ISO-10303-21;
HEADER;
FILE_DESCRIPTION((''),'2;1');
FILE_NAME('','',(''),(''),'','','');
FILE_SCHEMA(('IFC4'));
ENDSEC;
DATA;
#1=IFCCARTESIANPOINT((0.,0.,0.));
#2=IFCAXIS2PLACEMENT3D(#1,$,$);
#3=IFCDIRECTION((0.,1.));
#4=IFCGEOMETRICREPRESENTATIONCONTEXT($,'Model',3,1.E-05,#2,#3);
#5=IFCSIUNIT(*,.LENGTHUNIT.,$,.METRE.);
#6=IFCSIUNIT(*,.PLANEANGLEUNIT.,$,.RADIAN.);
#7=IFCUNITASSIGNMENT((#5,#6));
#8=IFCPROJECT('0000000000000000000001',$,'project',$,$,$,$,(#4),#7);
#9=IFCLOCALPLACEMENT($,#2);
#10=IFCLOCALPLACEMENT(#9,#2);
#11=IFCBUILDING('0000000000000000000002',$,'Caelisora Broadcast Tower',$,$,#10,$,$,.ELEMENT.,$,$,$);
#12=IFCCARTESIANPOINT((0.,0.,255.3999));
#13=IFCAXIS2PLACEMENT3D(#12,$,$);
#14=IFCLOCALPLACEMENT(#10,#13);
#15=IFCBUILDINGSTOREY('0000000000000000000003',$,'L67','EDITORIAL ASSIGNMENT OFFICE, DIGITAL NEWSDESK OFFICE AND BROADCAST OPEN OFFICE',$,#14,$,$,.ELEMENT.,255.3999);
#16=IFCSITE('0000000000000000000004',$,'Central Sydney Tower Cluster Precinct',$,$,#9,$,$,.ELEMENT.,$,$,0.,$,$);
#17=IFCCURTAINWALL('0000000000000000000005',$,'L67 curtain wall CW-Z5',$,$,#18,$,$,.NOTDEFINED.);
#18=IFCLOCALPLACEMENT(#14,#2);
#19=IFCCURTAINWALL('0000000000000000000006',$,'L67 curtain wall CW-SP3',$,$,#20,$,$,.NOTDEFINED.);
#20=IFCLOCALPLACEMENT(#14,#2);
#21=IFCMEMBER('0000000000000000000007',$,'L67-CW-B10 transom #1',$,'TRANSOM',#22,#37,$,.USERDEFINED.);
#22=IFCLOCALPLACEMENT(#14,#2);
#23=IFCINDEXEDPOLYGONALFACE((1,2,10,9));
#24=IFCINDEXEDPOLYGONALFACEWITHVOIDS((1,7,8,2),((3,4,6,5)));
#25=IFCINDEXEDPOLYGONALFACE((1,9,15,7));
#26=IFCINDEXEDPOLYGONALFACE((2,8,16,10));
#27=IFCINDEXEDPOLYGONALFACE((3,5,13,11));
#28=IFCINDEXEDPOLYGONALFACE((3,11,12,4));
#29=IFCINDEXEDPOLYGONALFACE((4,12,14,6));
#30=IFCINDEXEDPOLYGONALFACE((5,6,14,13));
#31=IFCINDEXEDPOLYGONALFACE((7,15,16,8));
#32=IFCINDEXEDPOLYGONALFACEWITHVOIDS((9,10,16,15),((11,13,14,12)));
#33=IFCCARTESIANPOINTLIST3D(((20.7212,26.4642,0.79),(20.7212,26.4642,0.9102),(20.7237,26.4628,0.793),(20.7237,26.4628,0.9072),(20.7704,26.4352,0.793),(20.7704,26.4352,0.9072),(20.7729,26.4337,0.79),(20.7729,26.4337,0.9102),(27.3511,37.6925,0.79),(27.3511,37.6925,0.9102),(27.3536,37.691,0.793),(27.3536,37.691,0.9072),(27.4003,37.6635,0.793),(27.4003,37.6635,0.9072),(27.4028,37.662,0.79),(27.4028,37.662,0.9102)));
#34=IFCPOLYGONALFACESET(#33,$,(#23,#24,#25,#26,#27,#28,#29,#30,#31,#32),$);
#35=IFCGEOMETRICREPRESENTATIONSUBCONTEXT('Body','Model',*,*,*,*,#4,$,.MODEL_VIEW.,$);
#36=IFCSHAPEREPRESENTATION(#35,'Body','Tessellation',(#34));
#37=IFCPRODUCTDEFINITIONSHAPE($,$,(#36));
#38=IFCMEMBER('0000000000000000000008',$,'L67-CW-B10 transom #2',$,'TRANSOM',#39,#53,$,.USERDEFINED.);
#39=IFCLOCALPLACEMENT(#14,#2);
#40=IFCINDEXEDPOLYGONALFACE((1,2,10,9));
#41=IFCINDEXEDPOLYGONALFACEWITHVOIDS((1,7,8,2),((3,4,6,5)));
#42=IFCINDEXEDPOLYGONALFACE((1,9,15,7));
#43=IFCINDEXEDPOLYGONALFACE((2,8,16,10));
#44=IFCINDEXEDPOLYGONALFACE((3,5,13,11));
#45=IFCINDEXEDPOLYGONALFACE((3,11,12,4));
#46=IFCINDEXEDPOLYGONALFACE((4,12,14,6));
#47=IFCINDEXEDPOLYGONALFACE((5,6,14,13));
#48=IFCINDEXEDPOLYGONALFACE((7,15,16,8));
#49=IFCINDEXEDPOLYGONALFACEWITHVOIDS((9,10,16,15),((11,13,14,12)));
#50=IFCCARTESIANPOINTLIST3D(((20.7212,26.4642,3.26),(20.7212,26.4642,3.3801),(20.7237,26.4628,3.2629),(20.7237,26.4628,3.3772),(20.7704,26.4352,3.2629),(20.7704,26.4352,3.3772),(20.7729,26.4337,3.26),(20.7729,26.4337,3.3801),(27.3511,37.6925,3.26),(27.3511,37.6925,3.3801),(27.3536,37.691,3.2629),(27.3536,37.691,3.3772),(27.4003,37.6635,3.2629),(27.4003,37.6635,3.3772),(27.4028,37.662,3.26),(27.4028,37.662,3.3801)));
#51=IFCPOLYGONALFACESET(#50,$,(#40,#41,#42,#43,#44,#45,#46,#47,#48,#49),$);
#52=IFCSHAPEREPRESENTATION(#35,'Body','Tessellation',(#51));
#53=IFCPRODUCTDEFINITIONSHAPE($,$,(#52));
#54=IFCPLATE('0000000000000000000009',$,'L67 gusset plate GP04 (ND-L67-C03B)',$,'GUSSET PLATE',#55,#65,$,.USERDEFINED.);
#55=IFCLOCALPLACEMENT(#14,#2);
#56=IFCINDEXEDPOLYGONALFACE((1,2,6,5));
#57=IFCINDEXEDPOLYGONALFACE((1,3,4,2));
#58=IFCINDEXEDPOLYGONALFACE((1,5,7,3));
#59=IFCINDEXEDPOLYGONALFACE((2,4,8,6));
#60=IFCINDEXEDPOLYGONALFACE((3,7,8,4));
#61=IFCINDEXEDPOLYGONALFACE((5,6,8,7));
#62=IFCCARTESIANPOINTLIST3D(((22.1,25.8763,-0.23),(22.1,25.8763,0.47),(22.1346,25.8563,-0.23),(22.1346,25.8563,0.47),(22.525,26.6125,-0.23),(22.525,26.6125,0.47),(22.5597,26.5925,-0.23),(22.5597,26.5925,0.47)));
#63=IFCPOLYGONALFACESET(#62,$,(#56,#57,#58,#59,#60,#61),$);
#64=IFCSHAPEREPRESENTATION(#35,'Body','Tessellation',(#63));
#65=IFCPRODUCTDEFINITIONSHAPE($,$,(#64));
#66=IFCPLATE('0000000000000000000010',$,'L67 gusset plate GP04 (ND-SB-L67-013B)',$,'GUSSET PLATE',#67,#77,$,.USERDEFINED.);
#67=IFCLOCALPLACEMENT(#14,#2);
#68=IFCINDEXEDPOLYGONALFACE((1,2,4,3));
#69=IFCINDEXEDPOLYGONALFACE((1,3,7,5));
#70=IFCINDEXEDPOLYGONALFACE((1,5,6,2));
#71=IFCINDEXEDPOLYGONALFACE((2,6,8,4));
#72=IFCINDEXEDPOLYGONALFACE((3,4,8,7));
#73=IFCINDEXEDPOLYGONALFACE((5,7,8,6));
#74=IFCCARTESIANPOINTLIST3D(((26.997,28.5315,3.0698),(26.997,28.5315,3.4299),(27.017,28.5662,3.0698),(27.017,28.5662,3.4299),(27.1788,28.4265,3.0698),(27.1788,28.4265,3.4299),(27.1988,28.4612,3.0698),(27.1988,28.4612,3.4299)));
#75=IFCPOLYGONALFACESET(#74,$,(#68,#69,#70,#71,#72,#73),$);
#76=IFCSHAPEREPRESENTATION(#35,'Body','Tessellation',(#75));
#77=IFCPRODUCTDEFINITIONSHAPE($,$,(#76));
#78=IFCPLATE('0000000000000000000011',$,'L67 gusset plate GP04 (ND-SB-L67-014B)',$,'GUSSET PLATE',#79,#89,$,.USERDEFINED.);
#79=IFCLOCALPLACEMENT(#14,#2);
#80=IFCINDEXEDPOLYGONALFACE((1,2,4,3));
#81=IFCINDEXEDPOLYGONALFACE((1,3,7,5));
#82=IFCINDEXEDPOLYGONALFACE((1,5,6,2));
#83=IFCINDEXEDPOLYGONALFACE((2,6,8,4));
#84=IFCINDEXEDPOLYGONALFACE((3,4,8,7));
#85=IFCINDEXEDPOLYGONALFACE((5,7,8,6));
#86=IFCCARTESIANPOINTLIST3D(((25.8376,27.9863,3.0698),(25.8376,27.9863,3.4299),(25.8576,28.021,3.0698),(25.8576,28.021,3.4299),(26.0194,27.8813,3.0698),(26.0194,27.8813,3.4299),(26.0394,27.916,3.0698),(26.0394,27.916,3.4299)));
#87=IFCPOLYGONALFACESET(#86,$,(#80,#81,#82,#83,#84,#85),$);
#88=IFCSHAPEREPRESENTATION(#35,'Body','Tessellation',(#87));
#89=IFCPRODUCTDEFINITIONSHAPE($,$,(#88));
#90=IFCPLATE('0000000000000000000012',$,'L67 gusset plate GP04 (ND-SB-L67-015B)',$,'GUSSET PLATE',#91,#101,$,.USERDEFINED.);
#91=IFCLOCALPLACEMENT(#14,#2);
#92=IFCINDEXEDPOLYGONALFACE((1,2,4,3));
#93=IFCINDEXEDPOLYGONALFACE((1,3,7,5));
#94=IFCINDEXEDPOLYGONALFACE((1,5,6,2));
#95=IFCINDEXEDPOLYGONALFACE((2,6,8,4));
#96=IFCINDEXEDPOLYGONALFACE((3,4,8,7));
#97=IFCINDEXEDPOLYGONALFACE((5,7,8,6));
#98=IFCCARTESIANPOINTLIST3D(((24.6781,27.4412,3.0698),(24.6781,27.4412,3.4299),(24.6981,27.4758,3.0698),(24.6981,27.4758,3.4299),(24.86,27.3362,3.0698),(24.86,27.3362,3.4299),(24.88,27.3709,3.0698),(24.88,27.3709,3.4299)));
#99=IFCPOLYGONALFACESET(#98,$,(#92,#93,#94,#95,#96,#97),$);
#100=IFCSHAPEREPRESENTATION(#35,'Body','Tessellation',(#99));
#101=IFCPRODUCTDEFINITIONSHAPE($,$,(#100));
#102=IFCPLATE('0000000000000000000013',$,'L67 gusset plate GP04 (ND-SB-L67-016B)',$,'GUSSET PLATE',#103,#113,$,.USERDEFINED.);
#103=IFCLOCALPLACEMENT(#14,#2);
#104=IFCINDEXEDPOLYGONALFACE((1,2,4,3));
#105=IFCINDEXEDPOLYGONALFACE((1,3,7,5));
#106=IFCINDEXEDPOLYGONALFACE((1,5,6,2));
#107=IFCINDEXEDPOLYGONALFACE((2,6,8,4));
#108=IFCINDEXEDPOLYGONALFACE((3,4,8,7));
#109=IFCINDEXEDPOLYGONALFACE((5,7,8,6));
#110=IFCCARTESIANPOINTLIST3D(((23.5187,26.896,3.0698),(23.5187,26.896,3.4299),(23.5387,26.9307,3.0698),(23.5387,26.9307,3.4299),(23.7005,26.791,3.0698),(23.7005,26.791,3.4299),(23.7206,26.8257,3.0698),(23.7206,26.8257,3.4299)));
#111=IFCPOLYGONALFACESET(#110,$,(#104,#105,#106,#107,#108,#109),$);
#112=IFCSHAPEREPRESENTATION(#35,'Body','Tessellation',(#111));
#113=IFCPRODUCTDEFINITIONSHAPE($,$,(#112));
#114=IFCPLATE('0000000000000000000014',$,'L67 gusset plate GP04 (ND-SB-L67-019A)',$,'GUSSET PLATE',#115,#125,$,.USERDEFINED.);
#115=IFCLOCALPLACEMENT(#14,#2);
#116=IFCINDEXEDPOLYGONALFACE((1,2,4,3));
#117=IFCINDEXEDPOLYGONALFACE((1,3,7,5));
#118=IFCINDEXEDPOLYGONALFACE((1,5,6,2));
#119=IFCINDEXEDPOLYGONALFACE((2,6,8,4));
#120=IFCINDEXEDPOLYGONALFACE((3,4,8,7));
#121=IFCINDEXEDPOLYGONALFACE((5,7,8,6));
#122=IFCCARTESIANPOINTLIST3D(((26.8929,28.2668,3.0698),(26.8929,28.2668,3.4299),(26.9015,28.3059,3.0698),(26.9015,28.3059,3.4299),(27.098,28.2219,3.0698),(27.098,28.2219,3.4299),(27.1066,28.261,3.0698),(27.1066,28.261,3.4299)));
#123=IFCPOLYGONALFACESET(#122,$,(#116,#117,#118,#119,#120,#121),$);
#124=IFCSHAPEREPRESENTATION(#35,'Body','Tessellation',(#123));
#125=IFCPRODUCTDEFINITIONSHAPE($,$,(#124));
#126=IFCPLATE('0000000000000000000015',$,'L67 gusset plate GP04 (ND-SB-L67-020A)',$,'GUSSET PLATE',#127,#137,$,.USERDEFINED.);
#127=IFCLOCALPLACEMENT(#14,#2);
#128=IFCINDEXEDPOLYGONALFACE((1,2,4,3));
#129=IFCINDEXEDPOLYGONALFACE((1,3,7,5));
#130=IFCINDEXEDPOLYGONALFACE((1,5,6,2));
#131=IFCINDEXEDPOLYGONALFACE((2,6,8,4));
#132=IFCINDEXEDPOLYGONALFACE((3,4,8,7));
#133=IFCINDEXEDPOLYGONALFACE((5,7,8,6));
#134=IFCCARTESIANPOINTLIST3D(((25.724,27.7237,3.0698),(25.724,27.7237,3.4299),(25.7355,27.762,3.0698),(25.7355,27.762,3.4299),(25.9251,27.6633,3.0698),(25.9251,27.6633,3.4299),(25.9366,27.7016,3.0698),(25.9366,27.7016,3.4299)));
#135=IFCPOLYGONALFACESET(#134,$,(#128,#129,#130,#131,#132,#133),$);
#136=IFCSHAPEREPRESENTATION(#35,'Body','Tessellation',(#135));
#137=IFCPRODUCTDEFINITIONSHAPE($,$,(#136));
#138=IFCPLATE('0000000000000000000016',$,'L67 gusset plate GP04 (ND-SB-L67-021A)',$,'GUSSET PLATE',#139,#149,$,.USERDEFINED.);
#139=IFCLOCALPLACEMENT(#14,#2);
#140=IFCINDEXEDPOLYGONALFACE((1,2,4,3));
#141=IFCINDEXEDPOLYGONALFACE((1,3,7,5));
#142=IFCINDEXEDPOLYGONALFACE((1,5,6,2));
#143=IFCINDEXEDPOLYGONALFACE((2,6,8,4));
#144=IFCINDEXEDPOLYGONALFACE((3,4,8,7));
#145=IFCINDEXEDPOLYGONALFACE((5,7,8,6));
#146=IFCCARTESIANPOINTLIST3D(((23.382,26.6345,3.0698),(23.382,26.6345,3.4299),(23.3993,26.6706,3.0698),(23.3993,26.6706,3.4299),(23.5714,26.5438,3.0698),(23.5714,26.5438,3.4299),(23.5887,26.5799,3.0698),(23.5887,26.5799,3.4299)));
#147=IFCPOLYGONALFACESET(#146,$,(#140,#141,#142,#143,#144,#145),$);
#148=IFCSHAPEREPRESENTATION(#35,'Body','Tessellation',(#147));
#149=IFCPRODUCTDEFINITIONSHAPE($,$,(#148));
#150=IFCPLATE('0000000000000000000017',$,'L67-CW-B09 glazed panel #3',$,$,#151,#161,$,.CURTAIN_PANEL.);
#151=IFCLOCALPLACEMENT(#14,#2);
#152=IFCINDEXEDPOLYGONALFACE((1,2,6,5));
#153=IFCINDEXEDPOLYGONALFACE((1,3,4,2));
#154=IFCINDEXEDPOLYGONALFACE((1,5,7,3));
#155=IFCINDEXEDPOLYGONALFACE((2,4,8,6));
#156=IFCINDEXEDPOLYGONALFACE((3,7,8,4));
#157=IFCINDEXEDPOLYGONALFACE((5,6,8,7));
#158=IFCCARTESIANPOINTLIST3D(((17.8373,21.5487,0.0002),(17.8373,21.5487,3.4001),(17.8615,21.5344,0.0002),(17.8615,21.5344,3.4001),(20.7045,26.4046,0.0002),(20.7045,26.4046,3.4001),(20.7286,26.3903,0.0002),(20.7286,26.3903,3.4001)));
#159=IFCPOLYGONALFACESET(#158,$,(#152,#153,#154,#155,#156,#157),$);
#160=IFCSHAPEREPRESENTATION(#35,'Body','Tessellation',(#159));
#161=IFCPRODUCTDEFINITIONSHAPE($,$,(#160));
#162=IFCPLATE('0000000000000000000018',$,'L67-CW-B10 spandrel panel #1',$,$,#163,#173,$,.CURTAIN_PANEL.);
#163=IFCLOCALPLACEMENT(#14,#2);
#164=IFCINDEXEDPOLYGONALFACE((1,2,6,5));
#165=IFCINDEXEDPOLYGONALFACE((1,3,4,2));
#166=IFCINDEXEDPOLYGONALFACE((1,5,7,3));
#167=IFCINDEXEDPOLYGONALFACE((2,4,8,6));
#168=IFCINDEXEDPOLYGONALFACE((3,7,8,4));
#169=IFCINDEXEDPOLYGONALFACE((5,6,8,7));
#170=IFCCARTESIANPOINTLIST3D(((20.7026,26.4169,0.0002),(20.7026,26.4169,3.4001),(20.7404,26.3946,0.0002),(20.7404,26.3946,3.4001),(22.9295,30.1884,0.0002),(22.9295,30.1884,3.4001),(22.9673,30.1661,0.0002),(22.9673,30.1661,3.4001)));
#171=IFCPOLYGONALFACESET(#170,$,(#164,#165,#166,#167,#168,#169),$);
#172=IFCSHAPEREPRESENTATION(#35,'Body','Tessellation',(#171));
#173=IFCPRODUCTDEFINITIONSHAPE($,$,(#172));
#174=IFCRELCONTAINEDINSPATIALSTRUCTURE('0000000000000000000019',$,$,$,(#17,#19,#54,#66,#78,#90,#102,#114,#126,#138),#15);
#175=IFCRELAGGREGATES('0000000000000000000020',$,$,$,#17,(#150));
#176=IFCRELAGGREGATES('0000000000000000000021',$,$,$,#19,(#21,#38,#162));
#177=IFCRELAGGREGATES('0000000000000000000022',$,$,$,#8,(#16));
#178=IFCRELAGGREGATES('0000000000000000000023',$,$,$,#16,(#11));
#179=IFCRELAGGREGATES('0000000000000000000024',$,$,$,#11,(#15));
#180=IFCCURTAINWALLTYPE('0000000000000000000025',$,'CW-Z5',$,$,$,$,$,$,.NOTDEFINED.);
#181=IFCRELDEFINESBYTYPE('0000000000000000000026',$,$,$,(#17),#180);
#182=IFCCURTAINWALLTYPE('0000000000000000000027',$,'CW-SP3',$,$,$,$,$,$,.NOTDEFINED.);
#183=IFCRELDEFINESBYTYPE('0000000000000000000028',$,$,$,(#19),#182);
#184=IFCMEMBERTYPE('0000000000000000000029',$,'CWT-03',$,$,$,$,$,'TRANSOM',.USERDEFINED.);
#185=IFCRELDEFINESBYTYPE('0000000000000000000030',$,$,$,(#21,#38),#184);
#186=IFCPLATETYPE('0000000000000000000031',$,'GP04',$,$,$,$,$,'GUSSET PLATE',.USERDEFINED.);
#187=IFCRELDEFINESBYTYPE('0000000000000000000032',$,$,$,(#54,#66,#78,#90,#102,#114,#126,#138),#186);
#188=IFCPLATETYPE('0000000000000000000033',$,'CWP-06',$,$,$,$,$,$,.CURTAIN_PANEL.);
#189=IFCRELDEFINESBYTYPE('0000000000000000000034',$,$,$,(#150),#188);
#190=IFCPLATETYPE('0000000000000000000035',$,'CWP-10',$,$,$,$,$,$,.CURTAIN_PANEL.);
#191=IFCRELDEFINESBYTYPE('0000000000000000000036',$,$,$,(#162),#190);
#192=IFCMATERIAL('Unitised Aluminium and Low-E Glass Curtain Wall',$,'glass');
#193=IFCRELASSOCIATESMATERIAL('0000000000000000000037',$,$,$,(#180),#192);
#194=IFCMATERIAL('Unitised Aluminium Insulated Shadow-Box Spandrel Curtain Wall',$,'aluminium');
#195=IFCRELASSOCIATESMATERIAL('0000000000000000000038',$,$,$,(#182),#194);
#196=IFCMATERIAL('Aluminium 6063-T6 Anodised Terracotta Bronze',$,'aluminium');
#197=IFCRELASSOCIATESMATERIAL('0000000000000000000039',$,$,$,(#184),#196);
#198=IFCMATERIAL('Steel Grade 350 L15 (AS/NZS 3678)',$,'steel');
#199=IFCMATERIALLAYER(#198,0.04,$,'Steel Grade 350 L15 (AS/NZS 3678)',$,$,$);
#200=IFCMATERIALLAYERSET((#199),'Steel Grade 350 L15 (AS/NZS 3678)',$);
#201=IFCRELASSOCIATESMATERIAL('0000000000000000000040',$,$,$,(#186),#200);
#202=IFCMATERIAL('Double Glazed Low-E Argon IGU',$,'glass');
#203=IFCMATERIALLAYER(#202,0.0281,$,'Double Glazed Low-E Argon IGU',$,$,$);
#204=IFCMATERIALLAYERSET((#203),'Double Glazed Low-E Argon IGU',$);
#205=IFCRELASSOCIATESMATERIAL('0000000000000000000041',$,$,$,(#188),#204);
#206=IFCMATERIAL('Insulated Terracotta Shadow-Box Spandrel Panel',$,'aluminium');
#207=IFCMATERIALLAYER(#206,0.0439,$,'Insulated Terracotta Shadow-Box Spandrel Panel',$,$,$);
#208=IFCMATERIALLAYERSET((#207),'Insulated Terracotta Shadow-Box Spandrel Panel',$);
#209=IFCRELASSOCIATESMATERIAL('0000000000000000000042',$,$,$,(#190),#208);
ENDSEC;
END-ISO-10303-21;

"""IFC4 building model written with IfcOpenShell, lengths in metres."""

from ifc_helpers import new_model, si_unit, direction, frame, origin, origin_2d, place, context, subcontext, project, spatial, rectangle, hollow_rectangle, extrude, source, transform, mapped, material, layer, layer_set, material_profile, profile_set, type_object, type_shapes, element, aggregate, save


model = new_model("IFC4")

# Units and contexts
model_context = context("Model", 3, precision=1e-05, world=origin(), true_north=direction((0.0, 1.0)))
body_context = subcontext(model_context, "Body", "Model", "MODEL_VIEW")
ifc_project = project(units=[si_unit("LENGTHUNIT", "METRE"), si_unit("PLANEANGLEUNIT", "RADIAN")], contexts=[model_context])

# Site, building, storey
site_placement = place(None, origin())
site = spatial("IfcSite", under=ifc_project, at=site_placement, Name="Central Sydney Tower Cluster Precinct", CompositionType="ELEMENT", RefElevation=0.0)
building_placement = place(site_placement, origin())
building = spatial("IfcBuilding", under=site, at=building_placement, Name="Caelisora Broadcast Tower", CompositionType="ELEMENT")
storey_placement = place(building_placement, frame((0.0, 0.0, 255.3999)))
storey = spatial("IfcBuildingStorey", under=building, at=storey_placement, Name="L67", Description="EDITORIAL ASSIGNMENT OFFICE, DIGITAL NEWSDESK OFFICE AND BROADCAST OPEN OFFICE", CompositionType="ELEMENT", Elevation=255.3999)

# Shared definitions
ifc_material_1 = material(Name="Steel Grade 350 L15 (AS/NZS 3678)", Category="steel")

# Curtain walls, members
ifc_material_2 = material(Name="Unitised Aluminium and Low-E Glass Curtain Wall", Category="glass")
curtain_wall_type_1 = type_object("IfcCurtainWallType", Name="CW-Z5", PredefinedType="NOTDEFINED", material=ifc_material_2)
curtain_wall_1_placement = place(storey_placement, origin())
curtain_wall_1 = element("IfcCurtainWall", 1, at=curtain_wall_1_placement, inside=storey, type_object=curtain_wall_type_1, Name="L67 curtain wall CW-Z5", PredefinedType="NOTDEFINED")
ifc_material_3 = material(Name="Aluminium 6063-T6 Anodised Terracotta Bronze", Category="aluminium")
ifc_material_4 = material(Name="Unitised Aluminium Insulated Shadow-Box Spandrel Curtain Wall", Category="aluminium")
curtain_wall_type_2 = type_object("IfcCurtainWallType", Name="CW-SP3", PredefinedType="NOTDEFINED", material=ifc_material_4)
curtain_wall_2_placement = place(storey_placement, origin())
curtain_wall_2 = element("IfcCurtainWall", 2, at=curtain_wall_2_placement, inside=storey, type_object=curtain_wall_type_2, Name="L67 curtain wall CW-SP3", PredefinedType="NOTDEFINED")
ifc_material_profile_1 = material_profile(ifc_material_3, hollow_rectangle(XDim=0.0601, YDim=0.1201, WallThickness=0.0029, at=origin_2d()), Name="Aluminium 6063-T6 Anodised Terracotta Bronze")
ifc_profile_set_1 = profile_set([ifc_material_profile_1], Name="Aluminium 6063-T6 Anodised Terracotta Bronze")
member_type_1 = type_object("IfcMemberType", Name="CWT-03", ElementType="TRANSOM", PredefinedType="USERDEFINED", material=ifc_profile_set_1)
shared_shape_1 = source(origin(), body_context, "Body", "SweptSolid", [
    extrude(hollow_rectangle(XDim=0.0601, YDim=0.1201, WallThickness=0.0029, at=origin_2d()), origin(), (0.0, 0.0, 1.0), 13.0396),
])
type_shapes(member_type_1, [shared_shape_1])
member_1_placement = place(storey_placement, frame((20.7471, 26.449, 0.8501), z_axis=(0.508445, 0.861095, 0.0), x_axis=(-0.861095, 0.508445, 0.0)))
member_1 = element("IfcMember", 3, at=member_1_placement, type_object=member_type_1, Name="L67-CW-B10 transom #1", ObjectType="TRANSOM", PredefinedType="USERDEFINED", context=body_context, shape_type="MappedRepresentation", body=[
    mapped(shared_shape_1, transform((0.0, 0.0, 0.0), scale=1.0)),
])
member_2_placement = place(storey_placement, frame((20.7471, 26.449, 3.3201), z_axis=(0.508445, 0.861095, 0.0), x_axis=(-0.861095, 0.508445, 0.0)))
member_2 = element("IfcMember", 4, at=member_2_placement, type_object=member_type_1, Name="L67-CW-B10 transom #2", ObjectType="TRANSOM", PredefinedType="USERDEFINED", context=body_context, shape_type="MappedRepresentation", body=[
    mapped(shared_shape_1, transform((0.0, 0.0, 0.0), scale=1.0)),
])

# Plates
ifc_layer_1 = layer(ifc_material_1, 0.04, Name="Steel Grade 350 L15 (AS/NZS 3678)")
ifc_layer_set_1 = layer_set([ifc_layer_1], Name="Steel Grade 350 L15 (AS/NZS 3678)")
plate_type_1 = type_object("IfcPlateType", Name="GP04", ElementType="GUSSET PLATE", PredefinedType="USERDEFINED", material=ifc_layer_set_1)
shared_shape_2 = source(origin(), body_context, "Body", "SweptSolid", [
    extrude(rectangle(XDim=0.8501, YDim=0.04, at=origin_2d()), origin(), (0.0, 0.0, 1.0), 0.7),
])
plate_1_placement = place(storey_placement, frame((22.3298, 26.2344, -0.23), z_axis=(0.0, 0.0, 1.0), x_axis=(-0.5, -0.866025, 0.0)))
element("IfcPlate", 5, at=plate_1_placement, inside=storey, type_object=plate_type_1, Name="L67 gusset plate GP04 (ND-L67-C03B)", ObjectType="GUSSET PLATE", PredefinedType="USERDEFINED", context=body_context, shape_type="MappedRepresentation", body=[
    mapped(shared_shape_2, transform((0.0, 0.0, 0.0), scale=1.0)),
])
shared_shape_3 = source(origin(), body_context, "Body", "SweptSolid", [
    extrude(rectangle(XDim=0.21, YDim=0.04, at=origin_2d()), origin(), (0.0, 0.0, 1.0), 0.3601),
])
type_shapes(plate_type_1, [shared_shape_2, shared_shape_3])
for number, where, z_axis, x_axis, name in (
    (6, (27.0979, 28.4963, 3.0698), (0.0, 0.0, 1.0), (0.866025, -0.5, 0.0), "L67 gusset plate GP04 (ND-SB-L67-013B)"),
    (7, (25.9385, 27.9512, 3.0698), (0.0, 0.0, 1.0), (0.866025, -0.5, 0.0), "L67 gusset plate GP04 (ND-SB-L67-014B)"),
    (8, (24.7791, 27.406, 3.0698), (0.0, 0.0, 1.0), (0.866025, -0.5, 0.0), "L67 gusset plate GP04 (ND-SB-L67-015B)"),
    (9, (23.6196, 26.8608, 3.0698), (0.0, 0.0, 1.0), (0.866025, -0.5, 0.0), "L67 gusset plate GP04 (ND-SB-L67-016B)"),
    (10, (26.9998, 28.2639, 3.0698), (0.0, 0.0, 1.0), (0.976897, -0.213712, 0.0), "L67 gusset plate GP04 (ND-SB-L67-019A)"),
    (11, (25.8303, 27.7126, 3.0698), (0.0, 0.0, 1.0), (0.957722, -0.287695, 0.0), "L67 gusset plate GP04 (ND-SB-L67-020A)"),
    (12, (23.4854, 26.6072, 3.0698), (0.0, 0.0, 1.0), (0.901833, -0.432086, 0.0), "L67 gusset plate GP04 (ND-SB-L67-021A)"),
):
    element("IfcPlate", number, at=place(storey_placement, frame(where, z_axis=z_axis, x_axis=x_axis)), inside=storey, type_object=plate_type_1, Name=name, ObjectType="GUSSET PLATE", PredefinedType="USERDEFINED", context=body_context, shape_type="MappedRepresentation", body=[
        mapped(shared_shape_3, transform((0.0, 0.0, 0.0), scale=1.0)),
    ])

# Plates
ifc_material_5 = material(Name="Double Glazed Low-E Argon IGU", Category="glass")
ifc_layer_2 = layer(ifc_material_5, 0.0281, Name="Double Glazed Low-E Argon IGU")
ifc_layer_set_2 = layer_set([ifc_layer_2], Name="Double Glazed Low-E Argon IGU")
plate_type_2 = type_object("IfcPlateType", Name="CWP-06", PredefinedType="CURTAIN_PANEL", material=ifc_layer_set_2)
shared_shape_4 = source(origin(), body_context, "Body", "SweptSolid", [
    extrude(rectangle(XDim=5.6392, YDim=0.0281, at=origin_2d()), origin(), (0.0, 0.0, 1.0), 3.3999),
])
type_shapes(plate_type_2, [shared_shape_4])
plate_2_placement = place(storey_placement, frame((19.283, 23.9695, 0.0002), z_axis=(0.0, 0.0, 1.0), x_axis=(0.50844, 0.861097, 0.0)))
plate_2 = element("IfcPlate", 13, at=plate_2_placement, type_object=plate_type_2, Name="L67-CW-B09 glazed panel #3", PredefinedType="CURTAIN_PANEL", context=body_context, shape_type="MappedRepresentation", body=[
    mapped(shared_shape_4, transform((0.0, 0.0, 0.0), scale=1.0)),
])
aggregate(curtain_wall_1, [plate_2])
ifc_material_6 = material(Name="Insulated Terracotta Shadow-Box Spandrel Panel", Category="aluminium")
ifc_layer_3 = layer(ifc_material_6, 0.0439, Name="Insulated Terracotta Shadow-Box Spandrel Panel")
ifc_layer_set_3 = layer_set([ifc_layer_3], Name="Insulated Terracotta Shadow-Box Spandrel Panel")
plate_type_3 = type_object("IfcPlateType", Name="CWP-10", PredefinedType="CURTAIN_PANEL", material=ifc_layer_set_3)
shared_shape_5 = source(origin(), body_context, "Body", "SweptSolid", [
    extrude(rectangle(XDim=4.3799, YDim=0.0439, at=origin_2d()), origin(), (0.0, 0.0, 1.0), 3.3999),
])
type_shapes(plate_type_3, [shared_shape_5])
plate_3_placement = place(storey_placement, frame((21.835, 28.2915, 0.0002), z_axis=(0.0, 0.0, 1.0), x_axis=(0.50844, 0.861097, 0.0)))
plate_3 = element("IfcPlate", 14, at=plate_3_placement, type_object=plate_type_3, Name="L67-CW-B10 spandrel panel #1", PredefinedType="CURTAIN_PANEL", context=body_context, shape_type="MappedRepresentation", body=[
    mapped(shared_shape_5, transform((0.0, 0.0, 0.0), scale=1.0)),
])
aggregate(curtain_wall_2, [member_1, member_2, plate_3])

save(model, "model.ifc")
